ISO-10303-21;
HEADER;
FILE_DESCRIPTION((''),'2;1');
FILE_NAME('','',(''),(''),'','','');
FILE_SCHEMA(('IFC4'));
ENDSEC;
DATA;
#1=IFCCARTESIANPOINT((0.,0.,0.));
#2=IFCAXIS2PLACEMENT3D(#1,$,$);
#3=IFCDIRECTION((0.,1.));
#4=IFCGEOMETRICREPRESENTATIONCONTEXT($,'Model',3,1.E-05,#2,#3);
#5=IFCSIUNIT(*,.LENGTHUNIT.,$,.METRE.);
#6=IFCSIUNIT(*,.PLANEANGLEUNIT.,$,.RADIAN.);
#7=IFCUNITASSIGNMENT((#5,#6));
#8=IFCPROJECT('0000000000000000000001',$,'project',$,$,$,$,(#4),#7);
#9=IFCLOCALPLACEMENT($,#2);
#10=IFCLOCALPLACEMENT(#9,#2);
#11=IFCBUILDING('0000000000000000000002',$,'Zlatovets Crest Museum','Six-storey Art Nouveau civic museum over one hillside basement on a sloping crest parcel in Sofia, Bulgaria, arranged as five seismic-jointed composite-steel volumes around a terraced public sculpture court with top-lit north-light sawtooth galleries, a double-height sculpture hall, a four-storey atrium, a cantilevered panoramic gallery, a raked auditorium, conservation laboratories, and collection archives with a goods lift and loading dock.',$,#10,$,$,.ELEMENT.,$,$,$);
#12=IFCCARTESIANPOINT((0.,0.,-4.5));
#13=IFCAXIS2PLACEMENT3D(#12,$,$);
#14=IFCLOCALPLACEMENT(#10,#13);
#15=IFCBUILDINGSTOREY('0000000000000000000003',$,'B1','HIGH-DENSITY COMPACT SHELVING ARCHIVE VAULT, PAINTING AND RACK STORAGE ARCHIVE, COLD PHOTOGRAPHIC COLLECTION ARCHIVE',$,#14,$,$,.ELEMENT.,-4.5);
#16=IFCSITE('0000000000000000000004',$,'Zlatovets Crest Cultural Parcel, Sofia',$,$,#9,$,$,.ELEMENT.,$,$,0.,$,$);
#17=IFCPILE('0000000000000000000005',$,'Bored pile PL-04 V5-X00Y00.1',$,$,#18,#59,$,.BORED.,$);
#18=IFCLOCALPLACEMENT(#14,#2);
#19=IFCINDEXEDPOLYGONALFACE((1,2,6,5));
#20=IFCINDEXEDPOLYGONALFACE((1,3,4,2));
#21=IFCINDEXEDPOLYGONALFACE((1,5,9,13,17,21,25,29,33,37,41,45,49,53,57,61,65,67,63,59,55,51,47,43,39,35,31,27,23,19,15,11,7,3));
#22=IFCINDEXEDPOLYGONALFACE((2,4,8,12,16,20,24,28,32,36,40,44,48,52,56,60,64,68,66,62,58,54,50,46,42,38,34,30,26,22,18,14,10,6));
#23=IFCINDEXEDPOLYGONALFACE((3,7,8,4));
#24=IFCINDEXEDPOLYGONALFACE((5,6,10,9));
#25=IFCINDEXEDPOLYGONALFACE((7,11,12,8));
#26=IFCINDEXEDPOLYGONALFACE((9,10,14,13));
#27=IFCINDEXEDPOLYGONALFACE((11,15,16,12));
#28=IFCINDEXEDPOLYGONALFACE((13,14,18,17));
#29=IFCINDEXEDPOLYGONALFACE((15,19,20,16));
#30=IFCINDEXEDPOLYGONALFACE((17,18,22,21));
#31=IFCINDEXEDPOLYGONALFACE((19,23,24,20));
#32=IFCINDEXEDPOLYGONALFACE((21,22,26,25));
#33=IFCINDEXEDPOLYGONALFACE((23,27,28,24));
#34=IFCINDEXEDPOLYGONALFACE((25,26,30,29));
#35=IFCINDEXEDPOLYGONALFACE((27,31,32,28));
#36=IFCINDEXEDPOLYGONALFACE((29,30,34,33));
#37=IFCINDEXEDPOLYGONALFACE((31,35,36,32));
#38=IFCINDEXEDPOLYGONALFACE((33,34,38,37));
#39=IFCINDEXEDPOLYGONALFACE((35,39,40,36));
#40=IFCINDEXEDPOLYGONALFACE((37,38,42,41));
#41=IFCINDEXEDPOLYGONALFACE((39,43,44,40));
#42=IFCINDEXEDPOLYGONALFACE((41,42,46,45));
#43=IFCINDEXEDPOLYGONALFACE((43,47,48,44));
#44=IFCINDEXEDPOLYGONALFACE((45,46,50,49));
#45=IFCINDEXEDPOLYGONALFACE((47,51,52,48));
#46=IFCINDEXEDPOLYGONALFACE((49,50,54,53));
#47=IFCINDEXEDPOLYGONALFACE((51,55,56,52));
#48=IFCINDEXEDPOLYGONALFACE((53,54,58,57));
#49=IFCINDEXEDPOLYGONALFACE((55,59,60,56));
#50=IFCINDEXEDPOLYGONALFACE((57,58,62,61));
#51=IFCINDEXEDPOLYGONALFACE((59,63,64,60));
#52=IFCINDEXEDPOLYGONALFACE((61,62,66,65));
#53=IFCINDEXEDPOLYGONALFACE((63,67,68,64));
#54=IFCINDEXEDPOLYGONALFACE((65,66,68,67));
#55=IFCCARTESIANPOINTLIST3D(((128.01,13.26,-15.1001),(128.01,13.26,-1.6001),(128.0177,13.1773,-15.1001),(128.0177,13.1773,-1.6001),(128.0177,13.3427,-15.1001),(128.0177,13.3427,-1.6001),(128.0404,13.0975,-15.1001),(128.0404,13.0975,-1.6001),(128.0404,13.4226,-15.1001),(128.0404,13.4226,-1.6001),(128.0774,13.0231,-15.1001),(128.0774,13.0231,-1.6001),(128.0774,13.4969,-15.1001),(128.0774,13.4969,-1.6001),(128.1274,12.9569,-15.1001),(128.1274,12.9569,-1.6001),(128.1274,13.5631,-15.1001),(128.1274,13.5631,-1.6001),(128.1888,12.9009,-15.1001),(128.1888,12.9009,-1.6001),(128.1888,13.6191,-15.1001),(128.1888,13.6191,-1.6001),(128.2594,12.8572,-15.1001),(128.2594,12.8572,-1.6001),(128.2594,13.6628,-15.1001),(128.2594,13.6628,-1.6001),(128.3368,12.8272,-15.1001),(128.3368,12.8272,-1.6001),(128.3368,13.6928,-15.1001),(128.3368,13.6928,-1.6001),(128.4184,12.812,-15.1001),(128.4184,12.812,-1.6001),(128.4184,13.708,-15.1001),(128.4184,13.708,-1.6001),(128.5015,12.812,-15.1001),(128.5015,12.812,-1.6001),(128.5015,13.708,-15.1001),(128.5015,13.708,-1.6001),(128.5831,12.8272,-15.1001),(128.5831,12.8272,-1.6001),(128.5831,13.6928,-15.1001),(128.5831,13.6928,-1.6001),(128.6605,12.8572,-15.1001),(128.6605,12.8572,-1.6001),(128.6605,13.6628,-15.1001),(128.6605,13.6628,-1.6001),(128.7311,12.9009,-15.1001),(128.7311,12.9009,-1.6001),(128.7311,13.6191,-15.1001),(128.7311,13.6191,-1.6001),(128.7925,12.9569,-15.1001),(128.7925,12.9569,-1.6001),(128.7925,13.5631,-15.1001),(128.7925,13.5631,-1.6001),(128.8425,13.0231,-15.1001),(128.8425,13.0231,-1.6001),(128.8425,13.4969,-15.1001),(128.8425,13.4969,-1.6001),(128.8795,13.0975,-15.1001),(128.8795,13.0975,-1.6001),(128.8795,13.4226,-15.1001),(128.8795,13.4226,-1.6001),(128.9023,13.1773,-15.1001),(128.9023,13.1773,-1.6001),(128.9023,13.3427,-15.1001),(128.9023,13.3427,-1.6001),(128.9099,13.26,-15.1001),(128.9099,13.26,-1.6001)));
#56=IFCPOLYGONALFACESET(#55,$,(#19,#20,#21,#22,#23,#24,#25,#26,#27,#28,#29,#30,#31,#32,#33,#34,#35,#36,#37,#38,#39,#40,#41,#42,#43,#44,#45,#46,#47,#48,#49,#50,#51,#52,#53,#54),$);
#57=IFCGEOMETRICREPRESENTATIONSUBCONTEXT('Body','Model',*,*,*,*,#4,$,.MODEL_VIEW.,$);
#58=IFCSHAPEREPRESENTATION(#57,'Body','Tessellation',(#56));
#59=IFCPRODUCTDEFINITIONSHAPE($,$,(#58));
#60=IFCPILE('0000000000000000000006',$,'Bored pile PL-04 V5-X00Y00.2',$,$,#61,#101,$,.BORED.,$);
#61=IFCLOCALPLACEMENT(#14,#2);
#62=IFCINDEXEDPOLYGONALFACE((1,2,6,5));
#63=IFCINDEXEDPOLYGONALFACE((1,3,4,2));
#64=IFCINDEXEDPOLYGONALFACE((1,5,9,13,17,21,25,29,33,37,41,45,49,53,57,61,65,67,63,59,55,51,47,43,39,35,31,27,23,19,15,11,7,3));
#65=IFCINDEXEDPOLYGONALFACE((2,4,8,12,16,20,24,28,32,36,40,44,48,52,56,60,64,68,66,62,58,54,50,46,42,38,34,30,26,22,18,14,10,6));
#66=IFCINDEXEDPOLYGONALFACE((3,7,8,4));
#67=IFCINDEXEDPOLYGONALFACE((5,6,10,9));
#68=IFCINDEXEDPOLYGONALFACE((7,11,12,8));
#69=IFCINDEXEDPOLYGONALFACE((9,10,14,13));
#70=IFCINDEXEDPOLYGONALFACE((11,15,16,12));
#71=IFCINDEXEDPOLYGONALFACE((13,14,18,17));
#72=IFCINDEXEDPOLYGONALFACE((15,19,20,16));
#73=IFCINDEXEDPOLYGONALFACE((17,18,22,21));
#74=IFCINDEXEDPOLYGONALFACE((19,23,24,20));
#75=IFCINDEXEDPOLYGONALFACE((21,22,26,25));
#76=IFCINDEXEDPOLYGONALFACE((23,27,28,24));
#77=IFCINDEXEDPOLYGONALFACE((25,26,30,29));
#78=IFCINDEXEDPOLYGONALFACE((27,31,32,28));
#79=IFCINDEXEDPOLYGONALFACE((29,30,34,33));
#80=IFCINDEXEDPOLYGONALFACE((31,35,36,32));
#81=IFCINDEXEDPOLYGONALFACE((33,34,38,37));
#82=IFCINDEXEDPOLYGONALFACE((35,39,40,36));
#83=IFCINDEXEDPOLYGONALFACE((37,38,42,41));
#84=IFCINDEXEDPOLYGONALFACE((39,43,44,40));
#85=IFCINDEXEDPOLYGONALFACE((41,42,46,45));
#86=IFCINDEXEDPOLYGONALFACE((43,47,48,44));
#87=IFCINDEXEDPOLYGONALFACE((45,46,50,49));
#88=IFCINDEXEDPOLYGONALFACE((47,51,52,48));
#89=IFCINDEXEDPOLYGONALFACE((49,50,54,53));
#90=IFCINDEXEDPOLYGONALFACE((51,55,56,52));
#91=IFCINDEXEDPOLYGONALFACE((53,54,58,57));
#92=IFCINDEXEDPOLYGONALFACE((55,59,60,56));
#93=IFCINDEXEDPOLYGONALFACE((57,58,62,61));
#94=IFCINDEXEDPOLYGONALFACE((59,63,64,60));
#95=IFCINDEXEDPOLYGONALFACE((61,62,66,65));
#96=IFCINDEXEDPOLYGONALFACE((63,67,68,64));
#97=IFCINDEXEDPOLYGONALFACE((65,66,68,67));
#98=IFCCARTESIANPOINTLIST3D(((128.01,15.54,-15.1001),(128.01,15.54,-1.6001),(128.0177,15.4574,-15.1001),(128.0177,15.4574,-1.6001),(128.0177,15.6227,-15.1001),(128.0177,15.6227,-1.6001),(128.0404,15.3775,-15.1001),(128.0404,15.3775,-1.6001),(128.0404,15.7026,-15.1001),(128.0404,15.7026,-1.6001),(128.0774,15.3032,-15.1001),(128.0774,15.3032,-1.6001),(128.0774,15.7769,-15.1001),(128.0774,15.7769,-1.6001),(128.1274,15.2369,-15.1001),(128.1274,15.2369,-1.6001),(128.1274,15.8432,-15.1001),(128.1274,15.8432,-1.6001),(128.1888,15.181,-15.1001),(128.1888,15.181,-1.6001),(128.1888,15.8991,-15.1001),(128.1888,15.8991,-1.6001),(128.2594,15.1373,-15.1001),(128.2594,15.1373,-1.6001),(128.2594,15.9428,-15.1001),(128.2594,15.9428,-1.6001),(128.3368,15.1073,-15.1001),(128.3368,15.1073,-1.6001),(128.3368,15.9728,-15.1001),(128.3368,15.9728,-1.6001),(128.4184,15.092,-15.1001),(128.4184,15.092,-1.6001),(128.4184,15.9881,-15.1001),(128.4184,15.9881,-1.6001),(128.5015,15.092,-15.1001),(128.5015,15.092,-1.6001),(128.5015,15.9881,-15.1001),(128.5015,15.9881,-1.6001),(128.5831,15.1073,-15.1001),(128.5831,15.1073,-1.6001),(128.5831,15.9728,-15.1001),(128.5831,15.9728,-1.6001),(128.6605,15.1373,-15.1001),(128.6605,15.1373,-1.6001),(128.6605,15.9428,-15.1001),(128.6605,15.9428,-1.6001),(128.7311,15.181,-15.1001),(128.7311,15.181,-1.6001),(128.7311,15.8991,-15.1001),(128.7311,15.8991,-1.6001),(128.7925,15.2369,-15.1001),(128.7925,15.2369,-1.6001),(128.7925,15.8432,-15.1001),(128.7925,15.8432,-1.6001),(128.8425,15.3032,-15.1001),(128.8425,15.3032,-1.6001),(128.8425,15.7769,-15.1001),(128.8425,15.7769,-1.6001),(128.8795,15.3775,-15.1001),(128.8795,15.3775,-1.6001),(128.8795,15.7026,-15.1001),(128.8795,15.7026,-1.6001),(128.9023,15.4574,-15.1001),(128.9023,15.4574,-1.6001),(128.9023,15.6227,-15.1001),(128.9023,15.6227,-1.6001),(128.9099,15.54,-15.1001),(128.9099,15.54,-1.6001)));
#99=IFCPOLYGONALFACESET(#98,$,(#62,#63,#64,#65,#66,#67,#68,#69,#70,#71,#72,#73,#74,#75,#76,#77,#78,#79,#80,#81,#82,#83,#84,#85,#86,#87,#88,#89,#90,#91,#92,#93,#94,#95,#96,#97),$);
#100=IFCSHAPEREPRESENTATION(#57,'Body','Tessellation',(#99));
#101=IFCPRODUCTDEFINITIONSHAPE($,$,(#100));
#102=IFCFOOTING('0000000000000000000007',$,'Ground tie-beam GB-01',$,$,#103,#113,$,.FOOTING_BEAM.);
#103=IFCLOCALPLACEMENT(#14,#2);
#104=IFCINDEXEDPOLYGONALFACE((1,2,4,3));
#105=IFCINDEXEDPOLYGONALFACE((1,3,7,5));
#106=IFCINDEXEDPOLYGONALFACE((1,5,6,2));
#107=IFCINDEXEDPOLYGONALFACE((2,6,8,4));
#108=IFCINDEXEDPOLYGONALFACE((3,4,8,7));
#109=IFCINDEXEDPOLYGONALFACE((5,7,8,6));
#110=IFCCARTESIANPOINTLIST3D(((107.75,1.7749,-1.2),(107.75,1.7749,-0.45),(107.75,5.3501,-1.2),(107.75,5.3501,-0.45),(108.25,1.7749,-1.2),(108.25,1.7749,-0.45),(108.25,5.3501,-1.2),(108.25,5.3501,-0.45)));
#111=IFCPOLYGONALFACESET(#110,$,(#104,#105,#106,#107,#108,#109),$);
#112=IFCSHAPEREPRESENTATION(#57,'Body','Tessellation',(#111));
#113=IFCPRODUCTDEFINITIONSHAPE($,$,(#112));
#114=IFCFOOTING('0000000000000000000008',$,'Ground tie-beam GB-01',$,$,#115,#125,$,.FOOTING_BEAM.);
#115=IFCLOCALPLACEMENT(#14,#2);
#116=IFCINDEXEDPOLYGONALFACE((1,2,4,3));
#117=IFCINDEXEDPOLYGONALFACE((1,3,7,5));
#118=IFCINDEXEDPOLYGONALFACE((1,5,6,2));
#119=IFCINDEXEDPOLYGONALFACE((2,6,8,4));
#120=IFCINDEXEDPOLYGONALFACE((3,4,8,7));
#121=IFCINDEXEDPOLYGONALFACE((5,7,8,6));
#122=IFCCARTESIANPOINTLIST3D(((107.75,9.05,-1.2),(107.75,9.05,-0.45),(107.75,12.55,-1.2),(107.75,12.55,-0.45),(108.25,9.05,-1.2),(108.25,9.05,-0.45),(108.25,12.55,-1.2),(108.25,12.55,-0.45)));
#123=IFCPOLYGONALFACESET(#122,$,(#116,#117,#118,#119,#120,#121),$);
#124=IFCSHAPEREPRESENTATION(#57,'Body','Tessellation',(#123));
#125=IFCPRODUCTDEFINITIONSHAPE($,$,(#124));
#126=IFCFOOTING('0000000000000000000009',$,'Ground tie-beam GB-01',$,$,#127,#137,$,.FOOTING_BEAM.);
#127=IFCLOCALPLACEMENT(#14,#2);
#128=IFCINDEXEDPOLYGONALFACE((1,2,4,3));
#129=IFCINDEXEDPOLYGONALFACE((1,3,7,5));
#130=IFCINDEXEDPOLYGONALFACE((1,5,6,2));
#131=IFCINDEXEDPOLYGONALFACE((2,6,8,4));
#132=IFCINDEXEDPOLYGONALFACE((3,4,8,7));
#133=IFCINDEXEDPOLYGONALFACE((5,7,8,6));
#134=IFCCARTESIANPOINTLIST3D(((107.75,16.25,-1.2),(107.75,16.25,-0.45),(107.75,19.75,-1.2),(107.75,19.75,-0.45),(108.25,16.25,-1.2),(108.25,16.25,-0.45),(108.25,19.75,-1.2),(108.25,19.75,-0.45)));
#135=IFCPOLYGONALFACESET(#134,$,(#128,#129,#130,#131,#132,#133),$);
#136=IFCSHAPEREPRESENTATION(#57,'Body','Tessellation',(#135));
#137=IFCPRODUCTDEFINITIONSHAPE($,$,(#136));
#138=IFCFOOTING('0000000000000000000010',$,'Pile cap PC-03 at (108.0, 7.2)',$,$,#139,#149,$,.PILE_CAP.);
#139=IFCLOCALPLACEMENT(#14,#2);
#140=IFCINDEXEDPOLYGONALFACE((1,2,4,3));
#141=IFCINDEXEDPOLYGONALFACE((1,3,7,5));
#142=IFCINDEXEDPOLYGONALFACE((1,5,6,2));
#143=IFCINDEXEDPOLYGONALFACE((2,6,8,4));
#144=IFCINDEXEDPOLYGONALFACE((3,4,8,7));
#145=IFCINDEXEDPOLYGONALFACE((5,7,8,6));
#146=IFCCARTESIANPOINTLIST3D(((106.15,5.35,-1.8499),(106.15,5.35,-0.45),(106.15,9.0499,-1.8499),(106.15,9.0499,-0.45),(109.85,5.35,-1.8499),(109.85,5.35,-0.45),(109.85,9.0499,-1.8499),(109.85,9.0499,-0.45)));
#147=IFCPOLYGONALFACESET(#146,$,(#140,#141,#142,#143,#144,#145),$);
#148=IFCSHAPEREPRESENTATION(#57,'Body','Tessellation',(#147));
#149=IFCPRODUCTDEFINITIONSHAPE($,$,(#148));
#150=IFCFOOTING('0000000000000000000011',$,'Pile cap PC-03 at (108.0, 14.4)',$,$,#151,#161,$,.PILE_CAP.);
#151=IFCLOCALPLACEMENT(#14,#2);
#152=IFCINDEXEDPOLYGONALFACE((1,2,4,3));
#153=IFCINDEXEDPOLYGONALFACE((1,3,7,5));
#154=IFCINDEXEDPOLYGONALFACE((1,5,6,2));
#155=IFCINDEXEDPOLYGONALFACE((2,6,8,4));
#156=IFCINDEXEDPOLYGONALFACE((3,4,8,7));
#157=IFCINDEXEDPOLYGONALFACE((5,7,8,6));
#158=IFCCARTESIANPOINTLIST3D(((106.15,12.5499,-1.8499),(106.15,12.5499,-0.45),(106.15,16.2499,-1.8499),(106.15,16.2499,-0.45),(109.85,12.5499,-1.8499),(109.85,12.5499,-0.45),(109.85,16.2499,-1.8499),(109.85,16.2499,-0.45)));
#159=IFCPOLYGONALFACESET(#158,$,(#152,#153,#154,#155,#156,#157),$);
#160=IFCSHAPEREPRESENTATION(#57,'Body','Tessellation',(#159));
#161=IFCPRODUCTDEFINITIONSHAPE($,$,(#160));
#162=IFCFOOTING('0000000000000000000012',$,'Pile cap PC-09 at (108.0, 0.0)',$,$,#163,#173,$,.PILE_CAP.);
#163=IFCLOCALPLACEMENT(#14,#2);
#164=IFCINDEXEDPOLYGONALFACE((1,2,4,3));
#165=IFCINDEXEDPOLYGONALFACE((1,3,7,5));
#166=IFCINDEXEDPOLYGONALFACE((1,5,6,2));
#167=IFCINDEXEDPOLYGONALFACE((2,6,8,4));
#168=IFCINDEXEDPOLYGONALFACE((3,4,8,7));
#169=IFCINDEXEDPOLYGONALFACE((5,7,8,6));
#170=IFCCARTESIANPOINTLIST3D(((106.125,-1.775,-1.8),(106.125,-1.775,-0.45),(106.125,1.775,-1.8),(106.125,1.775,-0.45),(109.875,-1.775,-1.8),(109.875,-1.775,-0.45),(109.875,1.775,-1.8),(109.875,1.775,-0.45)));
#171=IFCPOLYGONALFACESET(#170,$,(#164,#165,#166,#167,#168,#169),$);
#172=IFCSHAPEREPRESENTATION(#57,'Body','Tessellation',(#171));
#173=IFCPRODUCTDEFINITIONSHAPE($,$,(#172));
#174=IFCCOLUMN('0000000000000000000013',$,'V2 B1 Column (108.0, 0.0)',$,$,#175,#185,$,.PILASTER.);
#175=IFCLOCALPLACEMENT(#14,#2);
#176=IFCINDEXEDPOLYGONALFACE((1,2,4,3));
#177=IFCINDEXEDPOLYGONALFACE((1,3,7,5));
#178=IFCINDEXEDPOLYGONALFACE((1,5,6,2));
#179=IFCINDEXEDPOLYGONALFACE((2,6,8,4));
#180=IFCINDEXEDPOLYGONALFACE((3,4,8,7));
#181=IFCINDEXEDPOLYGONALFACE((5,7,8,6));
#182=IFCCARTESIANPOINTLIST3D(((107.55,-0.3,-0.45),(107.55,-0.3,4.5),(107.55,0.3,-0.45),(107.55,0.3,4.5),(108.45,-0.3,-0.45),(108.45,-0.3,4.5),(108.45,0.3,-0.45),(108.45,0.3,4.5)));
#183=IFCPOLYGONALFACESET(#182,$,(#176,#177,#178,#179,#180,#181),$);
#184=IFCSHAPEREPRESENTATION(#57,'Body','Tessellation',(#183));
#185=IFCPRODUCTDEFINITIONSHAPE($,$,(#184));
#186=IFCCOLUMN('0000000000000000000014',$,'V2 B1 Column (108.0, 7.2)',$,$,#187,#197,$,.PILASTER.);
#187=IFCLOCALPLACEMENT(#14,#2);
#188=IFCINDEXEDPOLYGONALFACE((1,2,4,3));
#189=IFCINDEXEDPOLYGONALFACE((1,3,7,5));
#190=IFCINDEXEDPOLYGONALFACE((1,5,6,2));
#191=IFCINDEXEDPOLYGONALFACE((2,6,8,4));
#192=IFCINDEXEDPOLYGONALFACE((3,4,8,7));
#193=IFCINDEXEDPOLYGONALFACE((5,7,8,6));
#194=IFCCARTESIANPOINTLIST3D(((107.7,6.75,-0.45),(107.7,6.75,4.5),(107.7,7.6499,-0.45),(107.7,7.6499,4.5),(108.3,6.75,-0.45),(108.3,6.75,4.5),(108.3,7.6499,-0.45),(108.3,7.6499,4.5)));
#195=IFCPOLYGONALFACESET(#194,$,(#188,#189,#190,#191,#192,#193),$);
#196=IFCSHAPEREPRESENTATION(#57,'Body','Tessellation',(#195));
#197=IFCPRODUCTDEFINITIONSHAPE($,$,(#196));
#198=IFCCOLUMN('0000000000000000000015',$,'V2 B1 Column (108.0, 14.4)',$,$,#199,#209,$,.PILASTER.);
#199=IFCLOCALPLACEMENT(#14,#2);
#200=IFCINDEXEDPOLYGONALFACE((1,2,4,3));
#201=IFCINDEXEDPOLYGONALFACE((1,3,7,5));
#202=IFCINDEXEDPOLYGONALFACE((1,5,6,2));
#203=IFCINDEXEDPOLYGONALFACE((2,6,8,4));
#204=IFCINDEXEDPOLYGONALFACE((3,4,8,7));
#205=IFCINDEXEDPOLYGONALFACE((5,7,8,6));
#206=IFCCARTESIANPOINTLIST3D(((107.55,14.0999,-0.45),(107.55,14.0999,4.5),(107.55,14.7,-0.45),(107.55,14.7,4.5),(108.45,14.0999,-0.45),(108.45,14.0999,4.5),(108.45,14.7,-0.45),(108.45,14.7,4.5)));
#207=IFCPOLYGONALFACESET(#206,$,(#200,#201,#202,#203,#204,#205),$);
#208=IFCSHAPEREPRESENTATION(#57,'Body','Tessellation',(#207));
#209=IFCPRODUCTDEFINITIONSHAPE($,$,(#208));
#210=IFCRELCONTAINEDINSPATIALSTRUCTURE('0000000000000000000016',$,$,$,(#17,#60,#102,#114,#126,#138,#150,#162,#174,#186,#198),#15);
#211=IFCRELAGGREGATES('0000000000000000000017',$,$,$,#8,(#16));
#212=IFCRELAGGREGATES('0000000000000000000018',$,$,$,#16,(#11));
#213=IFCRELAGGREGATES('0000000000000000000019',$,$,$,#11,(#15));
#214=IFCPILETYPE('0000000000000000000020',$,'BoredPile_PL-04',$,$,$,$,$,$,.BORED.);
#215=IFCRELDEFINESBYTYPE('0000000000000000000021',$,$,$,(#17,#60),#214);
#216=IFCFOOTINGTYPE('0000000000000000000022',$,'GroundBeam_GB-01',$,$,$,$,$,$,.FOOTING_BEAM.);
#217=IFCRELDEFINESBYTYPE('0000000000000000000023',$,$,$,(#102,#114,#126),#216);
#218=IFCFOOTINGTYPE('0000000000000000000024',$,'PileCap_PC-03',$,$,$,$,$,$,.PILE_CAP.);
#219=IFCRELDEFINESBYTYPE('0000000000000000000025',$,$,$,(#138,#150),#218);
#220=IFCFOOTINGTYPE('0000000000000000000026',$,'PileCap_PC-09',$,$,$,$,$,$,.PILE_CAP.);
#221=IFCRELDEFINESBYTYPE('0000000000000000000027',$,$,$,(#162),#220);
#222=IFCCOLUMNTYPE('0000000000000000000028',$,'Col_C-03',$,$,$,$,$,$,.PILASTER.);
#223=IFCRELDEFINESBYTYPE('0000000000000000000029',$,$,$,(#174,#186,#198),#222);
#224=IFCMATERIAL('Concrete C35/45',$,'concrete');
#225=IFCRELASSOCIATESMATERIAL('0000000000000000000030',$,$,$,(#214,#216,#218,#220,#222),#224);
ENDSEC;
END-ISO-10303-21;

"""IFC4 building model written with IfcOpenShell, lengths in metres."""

from ifc_helpers import new_model, si_unit, direction, frame, origin, origin_2d, place, context, subcontext, project, spatial, rectangle, circle, extrude, material, material_profile, profile_set, type_object, element, save


model = new_model("IFC4")

# Units and contexts
model_context = context("Model", 3, precision=1e-05, world=origin(), true_north=direction((0.0, 1.0)))
body_context = subcontext(model_context, "Body", "Model", "MODEL_VIEW")
ifc_project = project(units=[si_unit("LENGTHUNIT", "METRE"), si_unit("PLANEANGLEUNIT", "RADIAN")], contexts=[model_context])

# Site, building, storey
site_placement = place(None, origin())
site = spatial("IfcSite", under=ifc_project, at=site_placement, Name="Zlatovets Crest Cultural Parcel, Sofia", CompositionType="ELEMENT", RefElevation=0.0)
building_placement = place(site_placement, origin())
building = spatial("IfcBuilding", under=site, at=building_placement, Name="Zlatovets Crest Museum", Description="Six-storey Art Nouveau civic museum over one hillside basement on a sloping crest parcel in Sofia, Bulgaria, arranged as five seismic-jointed composite-steel volumes around a terraced public sculpture court with top-lit north-light sawtooth galleries, a double-height sculpture hall, a four-storey atrium, a cantilevered panoramic gallery, a raked auditorium, conservation laboratories, and collection archives with a goods lift and loading dock.", CompositionType="ELEMENT")
storey_placement = place(building_placement, frame((0.0, 0.0, -4.5)))
storey = spatial("IfcBuildingStorey", under=building, at=storey_placement, Name="B1", Description="HIGH-DENSITY COMPACT SHELVING ARCHIVE VAULT, PAINTING AND RACK STORAGE ARCHIVE, COLD PHOTOGRAPHIC COLLECTION ARCHIVE", CompositionType="ELEMENT", Elevation=-4.5)

# Piles
ifc_material_1 = material(Name="Concrete C35/45", Category="concrete")
ifc_material_profile_1 = material_profile(ifc_material_1, circle(Radius=0.45, at=origin_2d()), Name="PILE D900")
ifc_profile_set_1 = profile_set([ifc_material_profile_1], Name="Concrete C35/45")
pile_type_1 = type_object("IfcPileType", Name="BoredPile_PL-04", PredefinedType="BORED", material=ifc_profile_set_1)
for number, where, z_axis, x_axis, name in (
    (1, (128.46, 13.26, -1.6001), (0.0, 0.0, -1.0), (1.0, 0.0, 0.0), "Bored pile PL-04 V5-X00Y00.1"),
    (2, (128.46, 15.54, -1.6001), (0.0, 0.0, -1.0), (1.0, 0.0, 0.0), "Bored pile PL-04 V5-X00Y00.2"),
):
    element("IfcPile", number, at=place(storey_placement, frame(where, z_axis=z_axis, x_axis=x_axis)), inside=storey, type_object=pile_type_1, Name=name, PredefinedType="BORED", context=body_context, shape_type="SweptSolid", body=[
        extrude(circle(Radius=0.45, at=origin_2d()), origin(), (0.0, 0.0, 1.0), 13.5),
    ])

# Footings
ifc_material_profile_2 = material_profile(ifc_material_1, rectangle(XDim=0.5, YDim=0.75, at=origin_2d()), Name="RC 500x750")
ifc_profile_set_2 = profile_set([ifc_material_profile_2], Name="Concrete C35/45")
footing_type_1 = type_object("IfcFootingType", Name="GroundBeam_GB-01", PredefinedType="FOOTING_BEAM", material=ifc_profile_set_2)
footing_1_placement = place(storey_placement, frame((108.0, 1.7749, -0.825), z_axis=(0.0, 1.0, 0.0), x_axis=(-1.0, 0.0, 0.0)))
element("IfcFooting", 3, at=footing_1_placement, inside=storey, type_object=footing_type_1, Name="Ground tie-beam GB-01", PredefinedType="FOOTING_BEAM", context=body_context, shape_type="SweptSolid", body=[
    extrude(rectangle(XDim=0.5, YDim=0.75, at=origin_2d()), origin(), (0.0, 0.0, 1.0), 3.5752),
])
for number, where, z_axis, x_axis, name in (
    (4, (108.0, 9.05, -0.825), (0.0, 1.0, 0.0), (-1.0, 0.0, 0.0), "Ground tie-beam GB-01"),
    (5, (108.0, 16.25, -0.825), (0.0, 1.0, 0.0), (-1.0, 0.0, 0.0), "Ground tie-beam GB-01"),
):
    element("IfcFooting", number, at=place(storey_placement, frame(where, z_axis=z_axis, x_axis=x_axis)), inside=storey, type_object=footing_type_1, Name=name, PredefinedType="FOOTING_BEAM", context=body_context, shape_type="SweptSolid", body=[
        extrude(rectangle(XDim=0.5, YDim=0.75, at=origin_2d()), origin(), (0.0, 0.0, 1.0), 3.5),
    ])
footing_type_2 = type_object("IfcFootingType", Name="PileCap_PC-03", PredefinedType="PILE_CAP", material=ifc_material_1)
for number, where, z_axis, x_axis, name in (
    (6, (108.0, 7.2, -1.8499), (0.0, 0.0, 1.0), (1.0, 0.0, 0.0), "Pile cap PC-03 at (108.0, 7.2)"),
    (7, (108.0, 14.3999, -1.8499), (0.0, 0.0, 1.0), (1.0, 0.0, 0.0), "Pile cap PC-03 at (108.0, 14.4)"),
):
    element("IfcFooting", number, at=place(storey_placement, frame(where, z_axis=z_axis, x_axis=x_axis)), inside=storey, type_object=footing_type_2, Name=name, PredefinedType="PILE_CAP", context=body_context, shape_type="SweptSolid", body=[
        extrude(rectangle(XDim=3.7, YDim=3.7, at=origin_2d()), origin(), (0.0, 0.0, 1.0), 1.3999),
    ])
footing_type_3 = type_object("IfcFootingType", Name="PileCap_PC-09", PredefinedType="PILE_CAP", material=ifc_material_1)
footing_2_placement = place(storey_placement, frame((108.0, 0.0, -1.8), z_axis=(0.0, 0.0, 1.0), x_axis=(1.0, 0.0, 0.0)))
element("IfcFooting", 8, at=footing_2_placement, inside=storey, type_object=footing_type_3, Name="Pile cap PC-09 at (108.0, 0.0)", PredefinedType="PILE_CAP", context=body_context, shape_type="SweptSolid", body=[
    extrude(rectangle(XDim=3.75, YDim=3.55, at=origin_2d()), origin(), (0.0, 0.0, 1.0), 1.3501),
])

# Columns
ifc_material_profile_3 = material_profile(ifc_material_1, rectangle(XDim=0.6001, YDim=0.8999, at=origin_2d()), Name="RC 600x900")
ifc_profile_set_3 = profile_set([ifc_material_profile_3], Name="Concrete C35/45")
column_type = type_object("IfcColumnType", Name="Col_C-03", PredefinedType="PILASTER", material=ifc_profile_set_3)
for number, where, z_axis, x_axis, name in (
    (9, (108.0, 0.0, -0.45), (0.0, 0.0, 1.0), (0.0, 1.0, 0.0), "V2 B1 Column (108.0, 0.0)"),
    (10, (108.0, 7.2, -0.45), (0.0, 0.0, 1.0), (1.0, 0.0, 0.0), "V2 B1 Column (108.0, 7.2)"),
    (11, (108.0, 14.3999, -0.45), (0.0, 0.0, 1.0), (0.0, 1.0, 0.0), "V2 B1 Column (108.0, 14.4)"),
):
    element("IfcColumn", number, at=place(storey_placement, frame(where, z_axis=z_axis, x_axis=x_axis)), inside=storey, type_object=column_type, Name=name, PredefinedType="PILASTER", context=body_context, shape_type="SweptSolid", body=[
        extrude(rectangle(XDim=0.6001, YDim=0.8999, at=origin_2d()), origin(), (0.0, 0.0, 1.0), 4.95),
    ])

save(model, "model.ifc")
